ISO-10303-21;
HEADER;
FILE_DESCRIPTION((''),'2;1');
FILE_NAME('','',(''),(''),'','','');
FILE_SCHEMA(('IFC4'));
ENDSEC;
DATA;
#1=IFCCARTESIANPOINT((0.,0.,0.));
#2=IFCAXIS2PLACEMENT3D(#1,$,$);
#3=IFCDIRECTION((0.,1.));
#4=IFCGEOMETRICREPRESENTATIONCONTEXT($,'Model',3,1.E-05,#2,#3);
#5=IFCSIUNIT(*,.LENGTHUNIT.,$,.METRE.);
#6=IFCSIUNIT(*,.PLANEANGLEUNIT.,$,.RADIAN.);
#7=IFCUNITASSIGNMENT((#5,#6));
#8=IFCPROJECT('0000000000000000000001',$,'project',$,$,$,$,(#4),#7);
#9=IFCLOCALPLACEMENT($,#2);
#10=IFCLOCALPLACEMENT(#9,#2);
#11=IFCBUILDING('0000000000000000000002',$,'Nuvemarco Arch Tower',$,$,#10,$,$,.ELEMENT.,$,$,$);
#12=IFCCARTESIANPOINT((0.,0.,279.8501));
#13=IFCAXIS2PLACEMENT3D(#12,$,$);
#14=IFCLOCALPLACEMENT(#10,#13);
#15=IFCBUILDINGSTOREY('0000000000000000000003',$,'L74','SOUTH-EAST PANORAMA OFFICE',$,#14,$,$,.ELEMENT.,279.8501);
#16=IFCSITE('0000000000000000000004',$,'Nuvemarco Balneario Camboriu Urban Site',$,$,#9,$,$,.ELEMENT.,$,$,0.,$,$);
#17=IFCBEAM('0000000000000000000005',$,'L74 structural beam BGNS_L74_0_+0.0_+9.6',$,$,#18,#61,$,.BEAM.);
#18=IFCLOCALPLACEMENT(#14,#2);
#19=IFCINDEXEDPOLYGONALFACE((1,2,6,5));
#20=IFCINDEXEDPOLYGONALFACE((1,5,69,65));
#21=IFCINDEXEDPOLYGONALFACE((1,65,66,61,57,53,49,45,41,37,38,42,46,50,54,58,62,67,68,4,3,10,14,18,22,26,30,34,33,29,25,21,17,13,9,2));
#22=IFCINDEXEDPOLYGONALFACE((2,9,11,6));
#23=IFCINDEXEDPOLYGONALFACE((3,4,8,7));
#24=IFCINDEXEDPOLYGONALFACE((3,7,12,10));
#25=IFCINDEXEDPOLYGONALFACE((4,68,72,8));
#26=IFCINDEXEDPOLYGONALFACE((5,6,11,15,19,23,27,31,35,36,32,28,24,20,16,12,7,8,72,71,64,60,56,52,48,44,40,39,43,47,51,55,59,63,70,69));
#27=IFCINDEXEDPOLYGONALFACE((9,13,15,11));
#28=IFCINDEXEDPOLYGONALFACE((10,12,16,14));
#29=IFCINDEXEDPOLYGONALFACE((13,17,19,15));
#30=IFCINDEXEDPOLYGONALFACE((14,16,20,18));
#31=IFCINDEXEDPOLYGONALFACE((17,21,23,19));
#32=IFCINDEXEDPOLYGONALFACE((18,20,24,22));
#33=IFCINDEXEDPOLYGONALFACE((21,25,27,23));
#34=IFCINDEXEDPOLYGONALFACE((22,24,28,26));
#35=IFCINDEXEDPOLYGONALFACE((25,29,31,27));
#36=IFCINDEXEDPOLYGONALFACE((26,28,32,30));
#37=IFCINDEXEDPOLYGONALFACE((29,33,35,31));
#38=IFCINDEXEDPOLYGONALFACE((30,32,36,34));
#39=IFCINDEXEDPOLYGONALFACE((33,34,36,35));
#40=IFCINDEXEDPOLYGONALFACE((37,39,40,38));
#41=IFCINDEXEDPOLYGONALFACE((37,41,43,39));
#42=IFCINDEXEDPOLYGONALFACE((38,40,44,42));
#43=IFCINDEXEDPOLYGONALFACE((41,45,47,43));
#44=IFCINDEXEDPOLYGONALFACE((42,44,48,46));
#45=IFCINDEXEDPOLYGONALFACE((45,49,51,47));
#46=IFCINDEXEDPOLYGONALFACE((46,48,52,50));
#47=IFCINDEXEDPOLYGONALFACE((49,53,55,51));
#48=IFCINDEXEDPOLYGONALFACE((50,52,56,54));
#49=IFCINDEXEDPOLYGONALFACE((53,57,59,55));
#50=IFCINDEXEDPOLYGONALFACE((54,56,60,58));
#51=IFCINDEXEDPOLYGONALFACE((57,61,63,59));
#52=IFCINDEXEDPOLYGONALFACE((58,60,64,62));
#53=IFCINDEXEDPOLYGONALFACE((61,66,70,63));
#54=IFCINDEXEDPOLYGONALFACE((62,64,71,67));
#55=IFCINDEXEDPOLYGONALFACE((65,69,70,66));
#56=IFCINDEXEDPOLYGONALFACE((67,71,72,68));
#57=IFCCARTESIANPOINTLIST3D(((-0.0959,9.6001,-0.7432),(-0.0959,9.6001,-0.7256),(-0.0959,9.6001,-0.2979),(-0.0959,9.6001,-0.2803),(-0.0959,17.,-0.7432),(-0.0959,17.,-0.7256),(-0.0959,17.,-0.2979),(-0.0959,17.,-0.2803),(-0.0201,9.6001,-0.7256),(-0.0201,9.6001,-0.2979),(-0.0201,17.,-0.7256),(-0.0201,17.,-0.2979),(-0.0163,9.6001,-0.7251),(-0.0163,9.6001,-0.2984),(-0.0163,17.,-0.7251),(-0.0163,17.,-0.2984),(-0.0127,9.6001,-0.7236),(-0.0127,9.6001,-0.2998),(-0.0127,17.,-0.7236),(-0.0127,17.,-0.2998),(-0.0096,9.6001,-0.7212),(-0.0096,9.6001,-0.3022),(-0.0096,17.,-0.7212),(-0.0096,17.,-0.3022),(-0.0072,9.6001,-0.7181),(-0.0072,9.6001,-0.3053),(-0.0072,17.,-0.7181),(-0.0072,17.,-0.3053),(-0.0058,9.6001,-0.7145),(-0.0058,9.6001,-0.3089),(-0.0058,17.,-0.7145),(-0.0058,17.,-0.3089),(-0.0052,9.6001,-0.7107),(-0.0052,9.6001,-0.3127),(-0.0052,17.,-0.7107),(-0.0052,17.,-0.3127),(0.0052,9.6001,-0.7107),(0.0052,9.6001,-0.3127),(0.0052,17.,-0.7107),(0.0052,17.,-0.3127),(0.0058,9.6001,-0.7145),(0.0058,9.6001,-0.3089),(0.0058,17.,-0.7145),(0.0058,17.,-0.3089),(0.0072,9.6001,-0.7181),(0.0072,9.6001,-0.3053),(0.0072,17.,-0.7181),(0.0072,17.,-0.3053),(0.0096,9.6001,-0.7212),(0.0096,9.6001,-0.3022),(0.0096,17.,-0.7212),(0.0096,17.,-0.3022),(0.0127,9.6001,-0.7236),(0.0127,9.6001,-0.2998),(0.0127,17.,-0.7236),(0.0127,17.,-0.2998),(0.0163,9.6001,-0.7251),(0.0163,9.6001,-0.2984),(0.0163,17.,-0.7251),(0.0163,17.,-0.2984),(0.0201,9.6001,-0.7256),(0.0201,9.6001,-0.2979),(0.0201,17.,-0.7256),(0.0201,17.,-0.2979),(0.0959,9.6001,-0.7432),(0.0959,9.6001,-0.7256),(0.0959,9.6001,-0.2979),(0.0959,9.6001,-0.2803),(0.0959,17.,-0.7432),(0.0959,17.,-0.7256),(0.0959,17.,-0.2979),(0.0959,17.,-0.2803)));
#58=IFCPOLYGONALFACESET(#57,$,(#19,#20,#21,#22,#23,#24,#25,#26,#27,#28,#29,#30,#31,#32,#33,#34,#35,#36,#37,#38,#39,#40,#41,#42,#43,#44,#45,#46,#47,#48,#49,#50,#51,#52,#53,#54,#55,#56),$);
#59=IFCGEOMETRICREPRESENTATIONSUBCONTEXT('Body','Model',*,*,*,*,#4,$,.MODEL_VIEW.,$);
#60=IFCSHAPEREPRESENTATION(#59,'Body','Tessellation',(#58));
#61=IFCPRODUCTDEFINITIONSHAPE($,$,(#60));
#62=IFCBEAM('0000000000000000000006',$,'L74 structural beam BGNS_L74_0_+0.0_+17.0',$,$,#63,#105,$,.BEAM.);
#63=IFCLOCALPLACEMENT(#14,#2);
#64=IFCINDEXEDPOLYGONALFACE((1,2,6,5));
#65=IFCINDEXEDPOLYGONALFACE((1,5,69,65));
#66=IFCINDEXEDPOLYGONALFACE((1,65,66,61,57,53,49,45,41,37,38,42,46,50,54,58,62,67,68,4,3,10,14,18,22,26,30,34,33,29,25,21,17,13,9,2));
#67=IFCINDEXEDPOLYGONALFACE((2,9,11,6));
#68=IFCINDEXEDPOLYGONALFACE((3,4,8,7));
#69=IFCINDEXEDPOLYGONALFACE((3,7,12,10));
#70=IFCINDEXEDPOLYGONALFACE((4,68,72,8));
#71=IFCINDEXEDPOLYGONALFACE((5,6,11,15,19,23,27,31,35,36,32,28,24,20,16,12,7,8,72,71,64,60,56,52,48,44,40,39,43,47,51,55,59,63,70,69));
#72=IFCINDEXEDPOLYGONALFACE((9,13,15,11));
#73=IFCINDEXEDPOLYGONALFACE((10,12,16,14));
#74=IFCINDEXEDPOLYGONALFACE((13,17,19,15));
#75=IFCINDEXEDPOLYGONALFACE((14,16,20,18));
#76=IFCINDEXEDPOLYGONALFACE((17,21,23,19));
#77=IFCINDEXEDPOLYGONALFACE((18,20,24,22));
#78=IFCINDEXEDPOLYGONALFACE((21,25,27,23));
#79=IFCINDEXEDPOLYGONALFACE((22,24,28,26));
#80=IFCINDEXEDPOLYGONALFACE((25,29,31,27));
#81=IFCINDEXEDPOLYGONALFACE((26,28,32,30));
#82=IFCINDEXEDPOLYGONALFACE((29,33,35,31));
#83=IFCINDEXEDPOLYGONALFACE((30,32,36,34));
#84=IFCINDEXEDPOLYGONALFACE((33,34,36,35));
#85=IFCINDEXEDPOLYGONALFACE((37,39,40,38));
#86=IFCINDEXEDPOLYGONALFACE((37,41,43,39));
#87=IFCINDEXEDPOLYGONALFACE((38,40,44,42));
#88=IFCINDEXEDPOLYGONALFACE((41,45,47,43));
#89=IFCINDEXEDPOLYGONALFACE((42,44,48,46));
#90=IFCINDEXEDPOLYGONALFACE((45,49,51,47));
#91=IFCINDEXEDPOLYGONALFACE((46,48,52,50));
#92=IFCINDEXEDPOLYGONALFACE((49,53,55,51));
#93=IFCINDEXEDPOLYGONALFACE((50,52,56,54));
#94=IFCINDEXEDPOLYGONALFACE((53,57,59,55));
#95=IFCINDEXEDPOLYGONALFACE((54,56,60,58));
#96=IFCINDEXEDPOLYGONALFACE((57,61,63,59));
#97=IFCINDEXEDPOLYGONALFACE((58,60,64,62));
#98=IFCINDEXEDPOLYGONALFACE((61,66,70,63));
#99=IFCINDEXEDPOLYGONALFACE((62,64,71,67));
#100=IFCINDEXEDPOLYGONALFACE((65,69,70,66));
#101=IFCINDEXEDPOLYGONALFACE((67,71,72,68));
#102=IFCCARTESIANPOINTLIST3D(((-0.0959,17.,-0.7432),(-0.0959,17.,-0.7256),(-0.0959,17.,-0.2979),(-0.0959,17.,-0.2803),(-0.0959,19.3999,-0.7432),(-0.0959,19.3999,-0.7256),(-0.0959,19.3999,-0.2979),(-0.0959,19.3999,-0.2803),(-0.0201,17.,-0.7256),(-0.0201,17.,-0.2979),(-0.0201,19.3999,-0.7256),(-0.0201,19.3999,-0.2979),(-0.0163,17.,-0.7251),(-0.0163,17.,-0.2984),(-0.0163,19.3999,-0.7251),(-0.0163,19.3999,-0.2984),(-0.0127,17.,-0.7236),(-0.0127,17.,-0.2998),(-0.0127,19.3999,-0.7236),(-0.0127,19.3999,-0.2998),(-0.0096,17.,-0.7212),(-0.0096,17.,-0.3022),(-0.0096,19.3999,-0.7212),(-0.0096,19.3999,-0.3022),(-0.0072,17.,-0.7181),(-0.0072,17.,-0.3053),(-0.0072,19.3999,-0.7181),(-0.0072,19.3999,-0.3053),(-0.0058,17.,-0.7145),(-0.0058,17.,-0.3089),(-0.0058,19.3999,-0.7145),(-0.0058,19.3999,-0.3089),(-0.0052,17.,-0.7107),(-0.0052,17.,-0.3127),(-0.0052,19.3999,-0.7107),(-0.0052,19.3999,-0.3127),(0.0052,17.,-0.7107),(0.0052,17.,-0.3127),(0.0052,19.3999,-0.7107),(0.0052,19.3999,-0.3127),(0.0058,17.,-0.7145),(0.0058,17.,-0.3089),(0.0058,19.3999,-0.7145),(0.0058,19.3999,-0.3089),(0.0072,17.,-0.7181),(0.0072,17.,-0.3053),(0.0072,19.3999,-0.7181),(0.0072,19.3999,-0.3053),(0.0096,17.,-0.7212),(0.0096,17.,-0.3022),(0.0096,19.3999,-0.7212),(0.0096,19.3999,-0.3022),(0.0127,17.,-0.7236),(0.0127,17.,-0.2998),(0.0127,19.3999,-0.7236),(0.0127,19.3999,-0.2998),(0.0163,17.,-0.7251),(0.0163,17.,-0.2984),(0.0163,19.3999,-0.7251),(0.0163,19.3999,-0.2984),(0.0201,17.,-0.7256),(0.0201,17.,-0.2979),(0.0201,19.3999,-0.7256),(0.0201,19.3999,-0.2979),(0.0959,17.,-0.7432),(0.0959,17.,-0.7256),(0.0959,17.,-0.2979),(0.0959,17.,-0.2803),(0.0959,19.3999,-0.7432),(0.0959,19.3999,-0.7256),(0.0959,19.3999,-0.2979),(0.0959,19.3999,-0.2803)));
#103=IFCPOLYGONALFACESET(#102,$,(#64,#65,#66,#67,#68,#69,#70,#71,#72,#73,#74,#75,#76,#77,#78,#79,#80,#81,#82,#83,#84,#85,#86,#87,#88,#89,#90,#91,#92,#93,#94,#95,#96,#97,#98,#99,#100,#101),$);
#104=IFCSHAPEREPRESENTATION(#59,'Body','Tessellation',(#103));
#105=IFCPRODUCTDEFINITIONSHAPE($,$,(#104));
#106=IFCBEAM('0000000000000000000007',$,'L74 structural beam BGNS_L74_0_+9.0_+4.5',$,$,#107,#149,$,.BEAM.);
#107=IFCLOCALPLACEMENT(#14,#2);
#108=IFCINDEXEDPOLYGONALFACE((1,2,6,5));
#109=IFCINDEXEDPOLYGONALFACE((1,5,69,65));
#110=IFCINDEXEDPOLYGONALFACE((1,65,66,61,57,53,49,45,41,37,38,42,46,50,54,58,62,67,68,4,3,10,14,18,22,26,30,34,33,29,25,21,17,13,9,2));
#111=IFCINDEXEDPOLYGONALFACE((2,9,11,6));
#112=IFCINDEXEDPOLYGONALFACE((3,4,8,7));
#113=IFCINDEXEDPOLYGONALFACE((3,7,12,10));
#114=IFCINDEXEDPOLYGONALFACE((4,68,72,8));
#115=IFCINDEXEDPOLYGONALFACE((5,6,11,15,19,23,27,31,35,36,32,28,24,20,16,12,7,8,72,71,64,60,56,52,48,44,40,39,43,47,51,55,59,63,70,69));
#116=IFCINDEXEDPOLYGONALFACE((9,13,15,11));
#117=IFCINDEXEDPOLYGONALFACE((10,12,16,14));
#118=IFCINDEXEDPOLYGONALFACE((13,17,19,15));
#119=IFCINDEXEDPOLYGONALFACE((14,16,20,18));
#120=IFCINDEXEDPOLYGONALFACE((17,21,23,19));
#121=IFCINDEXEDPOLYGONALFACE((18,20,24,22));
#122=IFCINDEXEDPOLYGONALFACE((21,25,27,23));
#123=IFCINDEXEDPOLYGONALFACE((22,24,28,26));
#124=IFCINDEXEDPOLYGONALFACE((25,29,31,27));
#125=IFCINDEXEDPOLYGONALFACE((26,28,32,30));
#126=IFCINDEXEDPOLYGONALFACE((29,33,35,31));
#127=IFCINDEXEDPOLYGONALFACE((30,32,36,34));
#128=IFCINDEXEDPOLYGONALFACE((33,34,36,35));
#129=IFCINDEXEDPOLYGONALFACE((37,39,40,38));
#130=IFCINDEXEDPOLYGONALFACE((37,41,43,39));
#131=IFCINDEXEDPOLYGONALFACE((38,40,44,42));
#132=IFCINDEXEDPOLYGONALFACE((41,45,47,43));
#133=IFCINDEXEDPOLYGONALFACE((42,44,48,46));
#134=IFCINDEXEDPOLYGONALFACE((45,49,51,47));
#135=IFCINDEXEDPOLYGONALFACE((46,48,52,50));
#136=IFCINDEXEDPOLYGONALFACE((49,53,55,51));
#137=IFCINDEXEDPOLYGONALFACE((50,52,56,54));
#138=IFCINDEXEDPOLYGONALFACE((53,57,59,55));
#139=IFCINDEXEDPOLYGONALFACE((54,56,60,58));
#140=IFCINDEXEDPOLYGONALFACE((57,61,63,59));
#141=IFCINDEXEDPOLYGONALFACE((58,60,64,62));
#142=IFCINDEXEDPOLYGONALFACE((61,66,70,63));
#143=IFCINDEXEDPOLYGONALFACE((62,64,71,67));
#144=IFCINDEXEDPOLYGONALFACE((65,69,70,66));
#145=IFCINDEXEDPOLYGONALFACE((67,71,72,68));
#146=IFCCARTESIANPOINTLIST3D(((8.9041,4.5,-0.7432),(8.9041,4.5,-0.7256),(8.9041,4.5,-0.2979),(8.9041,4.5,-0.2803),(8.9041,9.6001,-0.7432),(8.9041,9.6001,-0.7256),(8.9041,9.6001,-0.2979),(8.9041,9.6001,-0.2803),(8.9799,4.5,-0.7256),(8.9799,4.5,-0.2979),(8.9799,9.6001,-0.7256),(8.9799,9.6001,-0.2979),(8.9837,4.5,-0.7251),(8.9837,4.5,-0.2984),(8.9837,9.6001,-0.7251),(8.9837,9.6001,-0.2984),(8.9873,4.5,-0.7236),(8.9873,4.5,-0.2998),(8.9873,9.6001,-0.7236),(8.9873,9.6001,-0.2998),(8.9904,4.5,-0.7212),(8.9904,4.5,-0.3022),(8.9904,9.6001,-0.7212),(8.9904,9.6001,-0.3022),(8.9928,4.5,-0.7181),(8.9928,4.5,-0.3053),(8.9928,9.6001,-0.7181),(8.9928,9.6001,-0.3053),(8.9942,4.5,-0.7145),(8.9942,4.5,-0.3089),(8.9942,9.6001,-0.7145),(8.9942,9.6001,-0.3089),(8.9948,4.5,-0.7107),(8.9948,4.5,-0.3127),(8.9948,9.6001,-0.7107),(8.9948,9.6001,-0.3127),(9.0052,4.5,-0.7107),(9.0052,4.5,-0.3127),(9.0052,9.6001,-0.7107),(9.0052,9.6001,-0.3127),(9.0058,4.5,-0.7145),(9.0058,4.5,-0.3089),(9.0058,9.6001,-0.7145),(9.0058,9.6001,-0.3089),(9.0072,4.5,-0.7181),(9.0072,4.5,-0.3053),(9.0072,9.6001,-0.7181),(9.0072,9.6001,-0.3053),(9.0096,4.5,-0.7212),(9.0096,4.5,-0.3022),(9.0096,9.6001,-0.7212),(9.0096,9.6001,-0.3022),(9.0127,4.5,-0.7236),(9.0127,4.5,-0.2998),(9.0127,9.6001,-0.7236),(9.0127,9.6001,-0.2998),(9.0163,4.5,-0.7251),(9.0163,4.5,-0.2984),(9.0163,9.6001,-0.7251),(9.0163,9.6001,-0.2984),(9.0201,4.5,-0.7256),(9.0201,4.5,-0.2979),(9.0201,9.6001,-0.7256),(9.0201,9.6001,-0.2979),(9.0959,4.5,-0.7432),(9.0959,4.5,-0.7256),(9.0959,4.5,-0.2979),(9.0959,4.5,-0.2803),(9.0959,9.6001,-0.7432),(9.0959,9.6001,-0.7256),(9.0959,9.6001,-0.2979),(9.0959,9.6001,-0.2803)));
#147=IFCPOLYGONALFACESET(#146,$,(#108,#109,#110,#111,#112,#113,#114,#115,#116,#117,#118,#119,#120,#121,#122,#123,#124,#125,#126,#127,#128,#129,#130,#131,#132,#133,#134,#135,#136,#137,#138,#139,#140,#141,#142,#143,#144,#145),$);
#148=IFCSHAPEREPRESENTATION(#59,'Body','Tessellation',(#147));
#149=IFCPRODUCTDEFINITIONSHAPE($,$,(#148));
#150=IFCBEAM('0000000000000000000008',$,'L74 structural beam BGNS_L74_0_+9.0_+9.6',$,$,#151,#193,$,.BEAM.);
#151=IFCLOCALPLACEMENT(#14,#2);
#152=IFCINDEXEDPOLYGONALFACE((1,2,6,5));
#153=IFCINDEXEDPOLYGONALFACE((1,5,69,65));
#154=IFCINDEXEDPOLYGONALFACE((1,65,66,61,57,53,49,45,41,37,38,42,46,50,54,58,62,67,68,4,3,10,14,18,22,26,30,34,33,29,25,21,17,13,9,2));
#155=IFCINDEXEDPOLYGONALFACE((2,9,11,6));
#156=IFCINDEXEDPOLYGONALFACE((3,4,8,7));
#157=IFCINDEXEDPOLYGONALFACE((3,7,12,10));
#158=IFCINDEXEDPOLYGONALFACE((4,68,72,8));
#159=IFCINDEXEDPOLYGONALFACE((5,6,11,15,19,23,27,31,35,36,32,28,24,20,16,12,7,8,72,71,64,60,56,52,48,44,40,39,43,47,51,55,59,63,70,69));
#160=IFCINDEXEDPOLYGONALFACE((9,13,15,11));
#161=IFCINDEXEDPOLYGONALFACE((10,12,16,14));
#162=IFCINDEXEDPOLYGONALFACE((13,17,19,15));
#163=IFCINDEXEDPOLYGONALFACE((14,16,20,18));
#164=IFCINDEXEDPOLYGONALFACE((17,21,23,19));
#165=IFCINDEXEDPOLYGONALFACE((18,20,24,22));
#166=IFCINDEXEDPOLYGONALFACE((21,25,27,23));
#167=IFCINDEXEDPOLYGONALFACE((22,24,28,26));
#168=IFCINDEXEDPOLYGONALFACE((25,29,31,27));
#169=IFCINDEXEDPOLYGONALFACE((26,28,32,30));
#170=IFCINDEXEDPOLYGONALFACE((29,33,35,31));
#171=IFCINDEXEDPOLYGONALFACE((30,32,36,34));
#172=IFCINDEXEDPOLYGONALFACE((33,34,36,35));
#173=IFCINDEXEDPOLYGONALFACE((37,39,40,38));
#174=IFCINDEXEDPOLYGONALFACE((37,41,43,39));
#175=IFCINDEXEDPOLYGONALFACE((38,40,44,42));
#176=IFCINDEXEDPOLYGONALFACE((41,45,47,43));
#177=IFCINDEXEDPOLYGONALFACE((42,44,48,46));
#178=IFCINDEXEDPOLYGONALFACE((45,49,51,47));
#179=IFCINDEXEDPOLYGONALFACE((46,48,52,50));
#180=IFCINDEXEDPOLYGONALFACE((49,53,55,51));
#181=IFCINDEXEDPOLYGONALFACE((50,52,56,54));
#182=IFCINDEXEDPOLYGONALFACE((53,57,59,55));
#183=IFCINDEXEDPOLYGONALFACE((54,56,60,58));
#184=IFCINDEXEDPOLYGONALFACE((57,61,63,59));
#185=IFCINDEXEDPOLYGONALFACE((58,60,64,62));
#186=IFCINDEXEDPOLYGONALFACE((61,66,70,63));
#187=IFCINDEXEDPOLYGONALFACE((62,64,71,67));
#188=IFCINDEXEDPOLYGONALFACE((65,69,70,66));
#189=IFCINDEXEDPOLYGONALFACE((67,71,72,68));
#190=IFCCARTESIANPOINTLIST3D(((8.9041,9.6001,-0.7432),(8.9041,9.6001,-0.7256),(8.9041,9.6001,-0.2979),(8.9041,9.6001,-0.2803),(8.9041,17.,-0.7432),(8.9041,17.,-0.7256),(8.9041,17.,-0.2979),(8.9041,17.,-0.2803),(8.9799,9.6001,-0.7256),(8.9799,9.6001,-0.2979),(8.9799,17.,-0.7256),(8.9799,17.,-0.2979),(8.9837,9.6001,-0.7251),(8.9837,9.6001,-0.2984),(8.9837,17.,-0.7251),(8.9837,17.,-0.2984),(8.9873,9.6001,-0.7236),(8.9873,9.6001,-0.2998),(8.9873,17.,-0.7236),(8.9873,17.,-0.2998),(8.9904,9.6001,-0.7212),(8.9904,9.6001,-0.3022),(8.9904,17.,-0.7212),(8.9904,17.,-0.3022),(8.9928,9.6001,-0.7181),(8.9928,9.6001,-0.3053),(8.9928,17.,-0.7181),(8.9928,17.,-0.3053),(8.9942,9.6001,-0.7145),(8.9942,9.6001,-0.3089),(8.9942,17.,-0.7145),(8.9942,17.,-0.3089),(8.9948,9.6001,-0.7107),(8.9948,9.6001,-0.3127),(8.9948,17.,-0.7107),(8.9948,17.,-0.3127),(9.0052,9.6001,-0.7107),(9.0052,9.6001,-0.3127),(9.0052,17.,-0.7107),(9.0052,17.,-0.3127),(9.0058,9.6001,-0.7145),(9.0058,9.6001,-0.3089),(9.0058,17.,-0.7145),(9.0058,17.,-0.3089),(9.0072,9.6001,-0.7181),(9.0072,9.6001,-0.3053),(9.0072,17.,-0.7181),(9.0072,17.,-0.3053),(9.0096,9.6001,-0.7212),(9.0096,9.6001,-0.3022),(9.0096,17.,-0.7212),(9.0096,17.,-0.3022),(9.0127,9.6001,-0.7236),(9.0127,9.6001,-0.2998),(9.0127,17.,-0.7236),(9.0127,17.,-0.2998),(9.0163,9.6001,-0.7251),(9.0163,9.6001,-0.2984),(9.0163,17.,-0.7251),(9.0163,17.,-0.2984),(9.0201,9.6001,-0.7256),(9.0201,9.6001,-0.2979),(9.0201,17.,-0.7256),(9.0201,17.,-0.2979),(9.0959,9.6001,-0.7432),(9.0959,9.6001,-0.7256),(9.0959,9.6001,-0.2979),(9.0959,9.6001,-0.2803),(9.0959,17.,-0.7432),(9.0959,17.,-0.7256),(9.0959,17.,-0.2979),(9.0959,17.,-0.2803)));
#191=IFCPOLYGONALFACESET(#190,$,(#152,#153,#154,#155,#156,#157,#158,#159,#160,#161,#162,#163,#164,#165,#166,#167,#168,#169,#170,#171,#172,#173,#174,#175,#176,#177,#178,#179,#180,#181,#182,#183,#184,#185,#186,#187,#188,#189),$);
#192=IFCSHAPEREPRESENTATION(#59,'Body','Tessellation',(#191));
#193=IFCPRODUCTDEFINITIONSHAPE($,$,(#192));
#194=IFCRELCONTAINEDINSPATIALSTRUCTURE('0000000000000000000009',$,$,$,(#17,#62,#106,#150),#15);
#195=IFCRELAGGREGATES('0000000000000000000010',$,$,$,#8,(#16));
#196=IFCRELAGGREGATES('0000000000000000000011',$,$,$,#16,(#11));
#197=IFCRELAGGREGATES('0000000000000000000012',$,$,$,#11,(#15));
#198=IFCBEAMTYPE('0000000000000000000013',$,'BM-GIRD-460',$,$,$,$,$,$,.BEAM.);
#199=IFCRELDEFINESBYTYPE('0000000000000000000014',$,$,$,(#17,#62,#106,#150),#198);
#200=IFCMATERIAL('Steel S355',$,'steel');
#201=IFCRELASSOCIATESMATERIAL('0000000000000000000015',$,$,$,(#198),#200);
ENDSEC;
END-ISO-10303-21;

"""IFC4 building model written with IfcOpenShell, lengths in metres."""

from ifc_helpers import new_model, si_unit, direction, frame, origin, origin_2d, place, context, subcontext, project, spatial, i_section, extrude, material, material_profile, profile_set, type_object, element, save


model = new_model("IFC4")

# Units and contexts
model_context = context("Model", 3, precision=1e-05, world=origin(), true_north=direction((0.0, 1.0)))
body_context = subcontext(model_context, "Body", "Model", "MODEL_VIEW")
ifc_project = project(units=[si_unit("LENGTHUNIT", "METRE"), si_unit("PLANEANGLEUNIT", "RADIAN")], contexts=[model_context])

# Site, building, storey
site_placement = place(None, origin())
site = spatial("IfcSite", under=ifc_project, at=site_placement, Name="Nuvemarco Balneario Camboriu Urban Site", CompositionType="ELEMENT", RefElevation=0.0)
building_placement = place(site_placement, origin())
building = spatial("IfcBuilding", under=site, at=building_placement, Name="Nuvemarco Arch Tower", CompositionType="ELEMENT")
storey_placement = place(building_placement, frame((0.0, 0.0, 279.8501)))
storey = spatial("IfcBuildingStorey", under=building, at=storey_placement, Name="L74", Description="SOUTH-EAST PANORAMA OFFICE", CompositionType="ELEMENT", Elevation=279.8501)

# Shared definitions
ifc_material_1 = material(Name="Steel S355", Category="steel")

# Beams
ifc_material_profile_1 = material_profile(ifc_material_1, i_section(OverallWidth=0.1919, OverallDepth=0.4629, WebThickness=0.0105, FlangeThickness=0.0176, FilletRadius=0.0149, at=origin_2d()), Name="W460x89")
ifc_profile_set_1 = profile_set([ifc_material_profile_1], Name="Steel S355")
beam_type_1 = type_object("IfcBeamType", Name="BM-GIRD-460", PredefinedType="BEAM", material=ifc_profile_set_1)
beam_1_placement = place(storey_placement, frame((0.0, 9.6001, -0.5117), z_axis=(0.0, 1.0, 0.0), x_axis=(-1.0, 0.0, 0.0)))
element("IfcBeam", 1, at=beam_1_placement, inside=storey, type_object=beam_type_1, Name="L74 structural beam BGNS_L74_0_+0.0_+9.6", PredefinedType="BEAM", context=body_context, shape_type="SweptSolid", body=[
    extrude(i_section(OverallWidth=0.1919, OverallDepth=0.4629, WebThickness=0.0105, FlangeThickness=0.0176, FilletRadius=0.0149, at=origin_2d()), origin(), (0.0, 0.0, 1.0), 7.3999),
])
beam_2_placement = place(storey_placement, frame((0.0, 17.0, -0.5117), z_axis=(0.0, 1.0, 0.0), x_axis=(-1.0, 0.0, 0.0)))
element("IfcBeam", 2, at=beam_2_placement, inside=storey, type_object=beam_type_1, Name="L74 structural beam BGNS_L74_0_+0.0_+17.0", PredefinedType="BEAM", context=body_context, shape_type="SweptSolid", body=[
    extrude(i_section(OverallWidth=0.1919, OverallDepth=0.4629, WebThickness=0.0105, FlangeThickness=0.0176, FilletRadius=0.0149, at=origin_2d()), origin(), (0.0, 0.0, 1.0), 2.3999),
])
beam_3_placement = place(storey_placement, frame((9.0, 4.5, -0.5117), z_axis=(0.0, 1.0, 0.0), x_axis=(-1.0, 0.0, 0.0)))
element("IfcBeam", 3, at=beam_3_placement, inside=storey, type_object=beam_type_1, Name="L74 structural beam BGNS_L74_0_+9.0_+4.5", PredefinedType="BEAM", context=body_context, shape_type="SweptSolid", body=[
    extrude(i_section(OverallWidth=0.1919, OverallDepth=0.4629, WebThickness=0.0105, FlangeThickness=0.0176, FilletRadius=0.0149, at=origin_2d()), origin(), (0.0, 0.0, 1.0), 5.1001),
])
beam_4_placement = place(storey_placement, frame((9.0, 9.6001, -0.5117), z_axis=(0.0, 1.0, 0.0), x_axis=(-1.0, 0.0, 0.0)))
element("IfcBeam", 4, at=beam_4_placement, inside=storey, type_object=beam_type_1, Name="L74 structural beam BGNS_L74_0_+9.0_+9.6", PredefinedType="BEAM", context=body_context, shape_type="SweptSolid", body=[
    extrude(i_section(OverallWidth=0.1919, OverallDepth=0.4629, WebThickness=0.0105, FlangeThickness=0.0176, FilletRadius=0.0149, at=origin_2d()), origin(), (0.0, 0.0, 1.0), 7.3999),
])

save(model, "model.ifc")
